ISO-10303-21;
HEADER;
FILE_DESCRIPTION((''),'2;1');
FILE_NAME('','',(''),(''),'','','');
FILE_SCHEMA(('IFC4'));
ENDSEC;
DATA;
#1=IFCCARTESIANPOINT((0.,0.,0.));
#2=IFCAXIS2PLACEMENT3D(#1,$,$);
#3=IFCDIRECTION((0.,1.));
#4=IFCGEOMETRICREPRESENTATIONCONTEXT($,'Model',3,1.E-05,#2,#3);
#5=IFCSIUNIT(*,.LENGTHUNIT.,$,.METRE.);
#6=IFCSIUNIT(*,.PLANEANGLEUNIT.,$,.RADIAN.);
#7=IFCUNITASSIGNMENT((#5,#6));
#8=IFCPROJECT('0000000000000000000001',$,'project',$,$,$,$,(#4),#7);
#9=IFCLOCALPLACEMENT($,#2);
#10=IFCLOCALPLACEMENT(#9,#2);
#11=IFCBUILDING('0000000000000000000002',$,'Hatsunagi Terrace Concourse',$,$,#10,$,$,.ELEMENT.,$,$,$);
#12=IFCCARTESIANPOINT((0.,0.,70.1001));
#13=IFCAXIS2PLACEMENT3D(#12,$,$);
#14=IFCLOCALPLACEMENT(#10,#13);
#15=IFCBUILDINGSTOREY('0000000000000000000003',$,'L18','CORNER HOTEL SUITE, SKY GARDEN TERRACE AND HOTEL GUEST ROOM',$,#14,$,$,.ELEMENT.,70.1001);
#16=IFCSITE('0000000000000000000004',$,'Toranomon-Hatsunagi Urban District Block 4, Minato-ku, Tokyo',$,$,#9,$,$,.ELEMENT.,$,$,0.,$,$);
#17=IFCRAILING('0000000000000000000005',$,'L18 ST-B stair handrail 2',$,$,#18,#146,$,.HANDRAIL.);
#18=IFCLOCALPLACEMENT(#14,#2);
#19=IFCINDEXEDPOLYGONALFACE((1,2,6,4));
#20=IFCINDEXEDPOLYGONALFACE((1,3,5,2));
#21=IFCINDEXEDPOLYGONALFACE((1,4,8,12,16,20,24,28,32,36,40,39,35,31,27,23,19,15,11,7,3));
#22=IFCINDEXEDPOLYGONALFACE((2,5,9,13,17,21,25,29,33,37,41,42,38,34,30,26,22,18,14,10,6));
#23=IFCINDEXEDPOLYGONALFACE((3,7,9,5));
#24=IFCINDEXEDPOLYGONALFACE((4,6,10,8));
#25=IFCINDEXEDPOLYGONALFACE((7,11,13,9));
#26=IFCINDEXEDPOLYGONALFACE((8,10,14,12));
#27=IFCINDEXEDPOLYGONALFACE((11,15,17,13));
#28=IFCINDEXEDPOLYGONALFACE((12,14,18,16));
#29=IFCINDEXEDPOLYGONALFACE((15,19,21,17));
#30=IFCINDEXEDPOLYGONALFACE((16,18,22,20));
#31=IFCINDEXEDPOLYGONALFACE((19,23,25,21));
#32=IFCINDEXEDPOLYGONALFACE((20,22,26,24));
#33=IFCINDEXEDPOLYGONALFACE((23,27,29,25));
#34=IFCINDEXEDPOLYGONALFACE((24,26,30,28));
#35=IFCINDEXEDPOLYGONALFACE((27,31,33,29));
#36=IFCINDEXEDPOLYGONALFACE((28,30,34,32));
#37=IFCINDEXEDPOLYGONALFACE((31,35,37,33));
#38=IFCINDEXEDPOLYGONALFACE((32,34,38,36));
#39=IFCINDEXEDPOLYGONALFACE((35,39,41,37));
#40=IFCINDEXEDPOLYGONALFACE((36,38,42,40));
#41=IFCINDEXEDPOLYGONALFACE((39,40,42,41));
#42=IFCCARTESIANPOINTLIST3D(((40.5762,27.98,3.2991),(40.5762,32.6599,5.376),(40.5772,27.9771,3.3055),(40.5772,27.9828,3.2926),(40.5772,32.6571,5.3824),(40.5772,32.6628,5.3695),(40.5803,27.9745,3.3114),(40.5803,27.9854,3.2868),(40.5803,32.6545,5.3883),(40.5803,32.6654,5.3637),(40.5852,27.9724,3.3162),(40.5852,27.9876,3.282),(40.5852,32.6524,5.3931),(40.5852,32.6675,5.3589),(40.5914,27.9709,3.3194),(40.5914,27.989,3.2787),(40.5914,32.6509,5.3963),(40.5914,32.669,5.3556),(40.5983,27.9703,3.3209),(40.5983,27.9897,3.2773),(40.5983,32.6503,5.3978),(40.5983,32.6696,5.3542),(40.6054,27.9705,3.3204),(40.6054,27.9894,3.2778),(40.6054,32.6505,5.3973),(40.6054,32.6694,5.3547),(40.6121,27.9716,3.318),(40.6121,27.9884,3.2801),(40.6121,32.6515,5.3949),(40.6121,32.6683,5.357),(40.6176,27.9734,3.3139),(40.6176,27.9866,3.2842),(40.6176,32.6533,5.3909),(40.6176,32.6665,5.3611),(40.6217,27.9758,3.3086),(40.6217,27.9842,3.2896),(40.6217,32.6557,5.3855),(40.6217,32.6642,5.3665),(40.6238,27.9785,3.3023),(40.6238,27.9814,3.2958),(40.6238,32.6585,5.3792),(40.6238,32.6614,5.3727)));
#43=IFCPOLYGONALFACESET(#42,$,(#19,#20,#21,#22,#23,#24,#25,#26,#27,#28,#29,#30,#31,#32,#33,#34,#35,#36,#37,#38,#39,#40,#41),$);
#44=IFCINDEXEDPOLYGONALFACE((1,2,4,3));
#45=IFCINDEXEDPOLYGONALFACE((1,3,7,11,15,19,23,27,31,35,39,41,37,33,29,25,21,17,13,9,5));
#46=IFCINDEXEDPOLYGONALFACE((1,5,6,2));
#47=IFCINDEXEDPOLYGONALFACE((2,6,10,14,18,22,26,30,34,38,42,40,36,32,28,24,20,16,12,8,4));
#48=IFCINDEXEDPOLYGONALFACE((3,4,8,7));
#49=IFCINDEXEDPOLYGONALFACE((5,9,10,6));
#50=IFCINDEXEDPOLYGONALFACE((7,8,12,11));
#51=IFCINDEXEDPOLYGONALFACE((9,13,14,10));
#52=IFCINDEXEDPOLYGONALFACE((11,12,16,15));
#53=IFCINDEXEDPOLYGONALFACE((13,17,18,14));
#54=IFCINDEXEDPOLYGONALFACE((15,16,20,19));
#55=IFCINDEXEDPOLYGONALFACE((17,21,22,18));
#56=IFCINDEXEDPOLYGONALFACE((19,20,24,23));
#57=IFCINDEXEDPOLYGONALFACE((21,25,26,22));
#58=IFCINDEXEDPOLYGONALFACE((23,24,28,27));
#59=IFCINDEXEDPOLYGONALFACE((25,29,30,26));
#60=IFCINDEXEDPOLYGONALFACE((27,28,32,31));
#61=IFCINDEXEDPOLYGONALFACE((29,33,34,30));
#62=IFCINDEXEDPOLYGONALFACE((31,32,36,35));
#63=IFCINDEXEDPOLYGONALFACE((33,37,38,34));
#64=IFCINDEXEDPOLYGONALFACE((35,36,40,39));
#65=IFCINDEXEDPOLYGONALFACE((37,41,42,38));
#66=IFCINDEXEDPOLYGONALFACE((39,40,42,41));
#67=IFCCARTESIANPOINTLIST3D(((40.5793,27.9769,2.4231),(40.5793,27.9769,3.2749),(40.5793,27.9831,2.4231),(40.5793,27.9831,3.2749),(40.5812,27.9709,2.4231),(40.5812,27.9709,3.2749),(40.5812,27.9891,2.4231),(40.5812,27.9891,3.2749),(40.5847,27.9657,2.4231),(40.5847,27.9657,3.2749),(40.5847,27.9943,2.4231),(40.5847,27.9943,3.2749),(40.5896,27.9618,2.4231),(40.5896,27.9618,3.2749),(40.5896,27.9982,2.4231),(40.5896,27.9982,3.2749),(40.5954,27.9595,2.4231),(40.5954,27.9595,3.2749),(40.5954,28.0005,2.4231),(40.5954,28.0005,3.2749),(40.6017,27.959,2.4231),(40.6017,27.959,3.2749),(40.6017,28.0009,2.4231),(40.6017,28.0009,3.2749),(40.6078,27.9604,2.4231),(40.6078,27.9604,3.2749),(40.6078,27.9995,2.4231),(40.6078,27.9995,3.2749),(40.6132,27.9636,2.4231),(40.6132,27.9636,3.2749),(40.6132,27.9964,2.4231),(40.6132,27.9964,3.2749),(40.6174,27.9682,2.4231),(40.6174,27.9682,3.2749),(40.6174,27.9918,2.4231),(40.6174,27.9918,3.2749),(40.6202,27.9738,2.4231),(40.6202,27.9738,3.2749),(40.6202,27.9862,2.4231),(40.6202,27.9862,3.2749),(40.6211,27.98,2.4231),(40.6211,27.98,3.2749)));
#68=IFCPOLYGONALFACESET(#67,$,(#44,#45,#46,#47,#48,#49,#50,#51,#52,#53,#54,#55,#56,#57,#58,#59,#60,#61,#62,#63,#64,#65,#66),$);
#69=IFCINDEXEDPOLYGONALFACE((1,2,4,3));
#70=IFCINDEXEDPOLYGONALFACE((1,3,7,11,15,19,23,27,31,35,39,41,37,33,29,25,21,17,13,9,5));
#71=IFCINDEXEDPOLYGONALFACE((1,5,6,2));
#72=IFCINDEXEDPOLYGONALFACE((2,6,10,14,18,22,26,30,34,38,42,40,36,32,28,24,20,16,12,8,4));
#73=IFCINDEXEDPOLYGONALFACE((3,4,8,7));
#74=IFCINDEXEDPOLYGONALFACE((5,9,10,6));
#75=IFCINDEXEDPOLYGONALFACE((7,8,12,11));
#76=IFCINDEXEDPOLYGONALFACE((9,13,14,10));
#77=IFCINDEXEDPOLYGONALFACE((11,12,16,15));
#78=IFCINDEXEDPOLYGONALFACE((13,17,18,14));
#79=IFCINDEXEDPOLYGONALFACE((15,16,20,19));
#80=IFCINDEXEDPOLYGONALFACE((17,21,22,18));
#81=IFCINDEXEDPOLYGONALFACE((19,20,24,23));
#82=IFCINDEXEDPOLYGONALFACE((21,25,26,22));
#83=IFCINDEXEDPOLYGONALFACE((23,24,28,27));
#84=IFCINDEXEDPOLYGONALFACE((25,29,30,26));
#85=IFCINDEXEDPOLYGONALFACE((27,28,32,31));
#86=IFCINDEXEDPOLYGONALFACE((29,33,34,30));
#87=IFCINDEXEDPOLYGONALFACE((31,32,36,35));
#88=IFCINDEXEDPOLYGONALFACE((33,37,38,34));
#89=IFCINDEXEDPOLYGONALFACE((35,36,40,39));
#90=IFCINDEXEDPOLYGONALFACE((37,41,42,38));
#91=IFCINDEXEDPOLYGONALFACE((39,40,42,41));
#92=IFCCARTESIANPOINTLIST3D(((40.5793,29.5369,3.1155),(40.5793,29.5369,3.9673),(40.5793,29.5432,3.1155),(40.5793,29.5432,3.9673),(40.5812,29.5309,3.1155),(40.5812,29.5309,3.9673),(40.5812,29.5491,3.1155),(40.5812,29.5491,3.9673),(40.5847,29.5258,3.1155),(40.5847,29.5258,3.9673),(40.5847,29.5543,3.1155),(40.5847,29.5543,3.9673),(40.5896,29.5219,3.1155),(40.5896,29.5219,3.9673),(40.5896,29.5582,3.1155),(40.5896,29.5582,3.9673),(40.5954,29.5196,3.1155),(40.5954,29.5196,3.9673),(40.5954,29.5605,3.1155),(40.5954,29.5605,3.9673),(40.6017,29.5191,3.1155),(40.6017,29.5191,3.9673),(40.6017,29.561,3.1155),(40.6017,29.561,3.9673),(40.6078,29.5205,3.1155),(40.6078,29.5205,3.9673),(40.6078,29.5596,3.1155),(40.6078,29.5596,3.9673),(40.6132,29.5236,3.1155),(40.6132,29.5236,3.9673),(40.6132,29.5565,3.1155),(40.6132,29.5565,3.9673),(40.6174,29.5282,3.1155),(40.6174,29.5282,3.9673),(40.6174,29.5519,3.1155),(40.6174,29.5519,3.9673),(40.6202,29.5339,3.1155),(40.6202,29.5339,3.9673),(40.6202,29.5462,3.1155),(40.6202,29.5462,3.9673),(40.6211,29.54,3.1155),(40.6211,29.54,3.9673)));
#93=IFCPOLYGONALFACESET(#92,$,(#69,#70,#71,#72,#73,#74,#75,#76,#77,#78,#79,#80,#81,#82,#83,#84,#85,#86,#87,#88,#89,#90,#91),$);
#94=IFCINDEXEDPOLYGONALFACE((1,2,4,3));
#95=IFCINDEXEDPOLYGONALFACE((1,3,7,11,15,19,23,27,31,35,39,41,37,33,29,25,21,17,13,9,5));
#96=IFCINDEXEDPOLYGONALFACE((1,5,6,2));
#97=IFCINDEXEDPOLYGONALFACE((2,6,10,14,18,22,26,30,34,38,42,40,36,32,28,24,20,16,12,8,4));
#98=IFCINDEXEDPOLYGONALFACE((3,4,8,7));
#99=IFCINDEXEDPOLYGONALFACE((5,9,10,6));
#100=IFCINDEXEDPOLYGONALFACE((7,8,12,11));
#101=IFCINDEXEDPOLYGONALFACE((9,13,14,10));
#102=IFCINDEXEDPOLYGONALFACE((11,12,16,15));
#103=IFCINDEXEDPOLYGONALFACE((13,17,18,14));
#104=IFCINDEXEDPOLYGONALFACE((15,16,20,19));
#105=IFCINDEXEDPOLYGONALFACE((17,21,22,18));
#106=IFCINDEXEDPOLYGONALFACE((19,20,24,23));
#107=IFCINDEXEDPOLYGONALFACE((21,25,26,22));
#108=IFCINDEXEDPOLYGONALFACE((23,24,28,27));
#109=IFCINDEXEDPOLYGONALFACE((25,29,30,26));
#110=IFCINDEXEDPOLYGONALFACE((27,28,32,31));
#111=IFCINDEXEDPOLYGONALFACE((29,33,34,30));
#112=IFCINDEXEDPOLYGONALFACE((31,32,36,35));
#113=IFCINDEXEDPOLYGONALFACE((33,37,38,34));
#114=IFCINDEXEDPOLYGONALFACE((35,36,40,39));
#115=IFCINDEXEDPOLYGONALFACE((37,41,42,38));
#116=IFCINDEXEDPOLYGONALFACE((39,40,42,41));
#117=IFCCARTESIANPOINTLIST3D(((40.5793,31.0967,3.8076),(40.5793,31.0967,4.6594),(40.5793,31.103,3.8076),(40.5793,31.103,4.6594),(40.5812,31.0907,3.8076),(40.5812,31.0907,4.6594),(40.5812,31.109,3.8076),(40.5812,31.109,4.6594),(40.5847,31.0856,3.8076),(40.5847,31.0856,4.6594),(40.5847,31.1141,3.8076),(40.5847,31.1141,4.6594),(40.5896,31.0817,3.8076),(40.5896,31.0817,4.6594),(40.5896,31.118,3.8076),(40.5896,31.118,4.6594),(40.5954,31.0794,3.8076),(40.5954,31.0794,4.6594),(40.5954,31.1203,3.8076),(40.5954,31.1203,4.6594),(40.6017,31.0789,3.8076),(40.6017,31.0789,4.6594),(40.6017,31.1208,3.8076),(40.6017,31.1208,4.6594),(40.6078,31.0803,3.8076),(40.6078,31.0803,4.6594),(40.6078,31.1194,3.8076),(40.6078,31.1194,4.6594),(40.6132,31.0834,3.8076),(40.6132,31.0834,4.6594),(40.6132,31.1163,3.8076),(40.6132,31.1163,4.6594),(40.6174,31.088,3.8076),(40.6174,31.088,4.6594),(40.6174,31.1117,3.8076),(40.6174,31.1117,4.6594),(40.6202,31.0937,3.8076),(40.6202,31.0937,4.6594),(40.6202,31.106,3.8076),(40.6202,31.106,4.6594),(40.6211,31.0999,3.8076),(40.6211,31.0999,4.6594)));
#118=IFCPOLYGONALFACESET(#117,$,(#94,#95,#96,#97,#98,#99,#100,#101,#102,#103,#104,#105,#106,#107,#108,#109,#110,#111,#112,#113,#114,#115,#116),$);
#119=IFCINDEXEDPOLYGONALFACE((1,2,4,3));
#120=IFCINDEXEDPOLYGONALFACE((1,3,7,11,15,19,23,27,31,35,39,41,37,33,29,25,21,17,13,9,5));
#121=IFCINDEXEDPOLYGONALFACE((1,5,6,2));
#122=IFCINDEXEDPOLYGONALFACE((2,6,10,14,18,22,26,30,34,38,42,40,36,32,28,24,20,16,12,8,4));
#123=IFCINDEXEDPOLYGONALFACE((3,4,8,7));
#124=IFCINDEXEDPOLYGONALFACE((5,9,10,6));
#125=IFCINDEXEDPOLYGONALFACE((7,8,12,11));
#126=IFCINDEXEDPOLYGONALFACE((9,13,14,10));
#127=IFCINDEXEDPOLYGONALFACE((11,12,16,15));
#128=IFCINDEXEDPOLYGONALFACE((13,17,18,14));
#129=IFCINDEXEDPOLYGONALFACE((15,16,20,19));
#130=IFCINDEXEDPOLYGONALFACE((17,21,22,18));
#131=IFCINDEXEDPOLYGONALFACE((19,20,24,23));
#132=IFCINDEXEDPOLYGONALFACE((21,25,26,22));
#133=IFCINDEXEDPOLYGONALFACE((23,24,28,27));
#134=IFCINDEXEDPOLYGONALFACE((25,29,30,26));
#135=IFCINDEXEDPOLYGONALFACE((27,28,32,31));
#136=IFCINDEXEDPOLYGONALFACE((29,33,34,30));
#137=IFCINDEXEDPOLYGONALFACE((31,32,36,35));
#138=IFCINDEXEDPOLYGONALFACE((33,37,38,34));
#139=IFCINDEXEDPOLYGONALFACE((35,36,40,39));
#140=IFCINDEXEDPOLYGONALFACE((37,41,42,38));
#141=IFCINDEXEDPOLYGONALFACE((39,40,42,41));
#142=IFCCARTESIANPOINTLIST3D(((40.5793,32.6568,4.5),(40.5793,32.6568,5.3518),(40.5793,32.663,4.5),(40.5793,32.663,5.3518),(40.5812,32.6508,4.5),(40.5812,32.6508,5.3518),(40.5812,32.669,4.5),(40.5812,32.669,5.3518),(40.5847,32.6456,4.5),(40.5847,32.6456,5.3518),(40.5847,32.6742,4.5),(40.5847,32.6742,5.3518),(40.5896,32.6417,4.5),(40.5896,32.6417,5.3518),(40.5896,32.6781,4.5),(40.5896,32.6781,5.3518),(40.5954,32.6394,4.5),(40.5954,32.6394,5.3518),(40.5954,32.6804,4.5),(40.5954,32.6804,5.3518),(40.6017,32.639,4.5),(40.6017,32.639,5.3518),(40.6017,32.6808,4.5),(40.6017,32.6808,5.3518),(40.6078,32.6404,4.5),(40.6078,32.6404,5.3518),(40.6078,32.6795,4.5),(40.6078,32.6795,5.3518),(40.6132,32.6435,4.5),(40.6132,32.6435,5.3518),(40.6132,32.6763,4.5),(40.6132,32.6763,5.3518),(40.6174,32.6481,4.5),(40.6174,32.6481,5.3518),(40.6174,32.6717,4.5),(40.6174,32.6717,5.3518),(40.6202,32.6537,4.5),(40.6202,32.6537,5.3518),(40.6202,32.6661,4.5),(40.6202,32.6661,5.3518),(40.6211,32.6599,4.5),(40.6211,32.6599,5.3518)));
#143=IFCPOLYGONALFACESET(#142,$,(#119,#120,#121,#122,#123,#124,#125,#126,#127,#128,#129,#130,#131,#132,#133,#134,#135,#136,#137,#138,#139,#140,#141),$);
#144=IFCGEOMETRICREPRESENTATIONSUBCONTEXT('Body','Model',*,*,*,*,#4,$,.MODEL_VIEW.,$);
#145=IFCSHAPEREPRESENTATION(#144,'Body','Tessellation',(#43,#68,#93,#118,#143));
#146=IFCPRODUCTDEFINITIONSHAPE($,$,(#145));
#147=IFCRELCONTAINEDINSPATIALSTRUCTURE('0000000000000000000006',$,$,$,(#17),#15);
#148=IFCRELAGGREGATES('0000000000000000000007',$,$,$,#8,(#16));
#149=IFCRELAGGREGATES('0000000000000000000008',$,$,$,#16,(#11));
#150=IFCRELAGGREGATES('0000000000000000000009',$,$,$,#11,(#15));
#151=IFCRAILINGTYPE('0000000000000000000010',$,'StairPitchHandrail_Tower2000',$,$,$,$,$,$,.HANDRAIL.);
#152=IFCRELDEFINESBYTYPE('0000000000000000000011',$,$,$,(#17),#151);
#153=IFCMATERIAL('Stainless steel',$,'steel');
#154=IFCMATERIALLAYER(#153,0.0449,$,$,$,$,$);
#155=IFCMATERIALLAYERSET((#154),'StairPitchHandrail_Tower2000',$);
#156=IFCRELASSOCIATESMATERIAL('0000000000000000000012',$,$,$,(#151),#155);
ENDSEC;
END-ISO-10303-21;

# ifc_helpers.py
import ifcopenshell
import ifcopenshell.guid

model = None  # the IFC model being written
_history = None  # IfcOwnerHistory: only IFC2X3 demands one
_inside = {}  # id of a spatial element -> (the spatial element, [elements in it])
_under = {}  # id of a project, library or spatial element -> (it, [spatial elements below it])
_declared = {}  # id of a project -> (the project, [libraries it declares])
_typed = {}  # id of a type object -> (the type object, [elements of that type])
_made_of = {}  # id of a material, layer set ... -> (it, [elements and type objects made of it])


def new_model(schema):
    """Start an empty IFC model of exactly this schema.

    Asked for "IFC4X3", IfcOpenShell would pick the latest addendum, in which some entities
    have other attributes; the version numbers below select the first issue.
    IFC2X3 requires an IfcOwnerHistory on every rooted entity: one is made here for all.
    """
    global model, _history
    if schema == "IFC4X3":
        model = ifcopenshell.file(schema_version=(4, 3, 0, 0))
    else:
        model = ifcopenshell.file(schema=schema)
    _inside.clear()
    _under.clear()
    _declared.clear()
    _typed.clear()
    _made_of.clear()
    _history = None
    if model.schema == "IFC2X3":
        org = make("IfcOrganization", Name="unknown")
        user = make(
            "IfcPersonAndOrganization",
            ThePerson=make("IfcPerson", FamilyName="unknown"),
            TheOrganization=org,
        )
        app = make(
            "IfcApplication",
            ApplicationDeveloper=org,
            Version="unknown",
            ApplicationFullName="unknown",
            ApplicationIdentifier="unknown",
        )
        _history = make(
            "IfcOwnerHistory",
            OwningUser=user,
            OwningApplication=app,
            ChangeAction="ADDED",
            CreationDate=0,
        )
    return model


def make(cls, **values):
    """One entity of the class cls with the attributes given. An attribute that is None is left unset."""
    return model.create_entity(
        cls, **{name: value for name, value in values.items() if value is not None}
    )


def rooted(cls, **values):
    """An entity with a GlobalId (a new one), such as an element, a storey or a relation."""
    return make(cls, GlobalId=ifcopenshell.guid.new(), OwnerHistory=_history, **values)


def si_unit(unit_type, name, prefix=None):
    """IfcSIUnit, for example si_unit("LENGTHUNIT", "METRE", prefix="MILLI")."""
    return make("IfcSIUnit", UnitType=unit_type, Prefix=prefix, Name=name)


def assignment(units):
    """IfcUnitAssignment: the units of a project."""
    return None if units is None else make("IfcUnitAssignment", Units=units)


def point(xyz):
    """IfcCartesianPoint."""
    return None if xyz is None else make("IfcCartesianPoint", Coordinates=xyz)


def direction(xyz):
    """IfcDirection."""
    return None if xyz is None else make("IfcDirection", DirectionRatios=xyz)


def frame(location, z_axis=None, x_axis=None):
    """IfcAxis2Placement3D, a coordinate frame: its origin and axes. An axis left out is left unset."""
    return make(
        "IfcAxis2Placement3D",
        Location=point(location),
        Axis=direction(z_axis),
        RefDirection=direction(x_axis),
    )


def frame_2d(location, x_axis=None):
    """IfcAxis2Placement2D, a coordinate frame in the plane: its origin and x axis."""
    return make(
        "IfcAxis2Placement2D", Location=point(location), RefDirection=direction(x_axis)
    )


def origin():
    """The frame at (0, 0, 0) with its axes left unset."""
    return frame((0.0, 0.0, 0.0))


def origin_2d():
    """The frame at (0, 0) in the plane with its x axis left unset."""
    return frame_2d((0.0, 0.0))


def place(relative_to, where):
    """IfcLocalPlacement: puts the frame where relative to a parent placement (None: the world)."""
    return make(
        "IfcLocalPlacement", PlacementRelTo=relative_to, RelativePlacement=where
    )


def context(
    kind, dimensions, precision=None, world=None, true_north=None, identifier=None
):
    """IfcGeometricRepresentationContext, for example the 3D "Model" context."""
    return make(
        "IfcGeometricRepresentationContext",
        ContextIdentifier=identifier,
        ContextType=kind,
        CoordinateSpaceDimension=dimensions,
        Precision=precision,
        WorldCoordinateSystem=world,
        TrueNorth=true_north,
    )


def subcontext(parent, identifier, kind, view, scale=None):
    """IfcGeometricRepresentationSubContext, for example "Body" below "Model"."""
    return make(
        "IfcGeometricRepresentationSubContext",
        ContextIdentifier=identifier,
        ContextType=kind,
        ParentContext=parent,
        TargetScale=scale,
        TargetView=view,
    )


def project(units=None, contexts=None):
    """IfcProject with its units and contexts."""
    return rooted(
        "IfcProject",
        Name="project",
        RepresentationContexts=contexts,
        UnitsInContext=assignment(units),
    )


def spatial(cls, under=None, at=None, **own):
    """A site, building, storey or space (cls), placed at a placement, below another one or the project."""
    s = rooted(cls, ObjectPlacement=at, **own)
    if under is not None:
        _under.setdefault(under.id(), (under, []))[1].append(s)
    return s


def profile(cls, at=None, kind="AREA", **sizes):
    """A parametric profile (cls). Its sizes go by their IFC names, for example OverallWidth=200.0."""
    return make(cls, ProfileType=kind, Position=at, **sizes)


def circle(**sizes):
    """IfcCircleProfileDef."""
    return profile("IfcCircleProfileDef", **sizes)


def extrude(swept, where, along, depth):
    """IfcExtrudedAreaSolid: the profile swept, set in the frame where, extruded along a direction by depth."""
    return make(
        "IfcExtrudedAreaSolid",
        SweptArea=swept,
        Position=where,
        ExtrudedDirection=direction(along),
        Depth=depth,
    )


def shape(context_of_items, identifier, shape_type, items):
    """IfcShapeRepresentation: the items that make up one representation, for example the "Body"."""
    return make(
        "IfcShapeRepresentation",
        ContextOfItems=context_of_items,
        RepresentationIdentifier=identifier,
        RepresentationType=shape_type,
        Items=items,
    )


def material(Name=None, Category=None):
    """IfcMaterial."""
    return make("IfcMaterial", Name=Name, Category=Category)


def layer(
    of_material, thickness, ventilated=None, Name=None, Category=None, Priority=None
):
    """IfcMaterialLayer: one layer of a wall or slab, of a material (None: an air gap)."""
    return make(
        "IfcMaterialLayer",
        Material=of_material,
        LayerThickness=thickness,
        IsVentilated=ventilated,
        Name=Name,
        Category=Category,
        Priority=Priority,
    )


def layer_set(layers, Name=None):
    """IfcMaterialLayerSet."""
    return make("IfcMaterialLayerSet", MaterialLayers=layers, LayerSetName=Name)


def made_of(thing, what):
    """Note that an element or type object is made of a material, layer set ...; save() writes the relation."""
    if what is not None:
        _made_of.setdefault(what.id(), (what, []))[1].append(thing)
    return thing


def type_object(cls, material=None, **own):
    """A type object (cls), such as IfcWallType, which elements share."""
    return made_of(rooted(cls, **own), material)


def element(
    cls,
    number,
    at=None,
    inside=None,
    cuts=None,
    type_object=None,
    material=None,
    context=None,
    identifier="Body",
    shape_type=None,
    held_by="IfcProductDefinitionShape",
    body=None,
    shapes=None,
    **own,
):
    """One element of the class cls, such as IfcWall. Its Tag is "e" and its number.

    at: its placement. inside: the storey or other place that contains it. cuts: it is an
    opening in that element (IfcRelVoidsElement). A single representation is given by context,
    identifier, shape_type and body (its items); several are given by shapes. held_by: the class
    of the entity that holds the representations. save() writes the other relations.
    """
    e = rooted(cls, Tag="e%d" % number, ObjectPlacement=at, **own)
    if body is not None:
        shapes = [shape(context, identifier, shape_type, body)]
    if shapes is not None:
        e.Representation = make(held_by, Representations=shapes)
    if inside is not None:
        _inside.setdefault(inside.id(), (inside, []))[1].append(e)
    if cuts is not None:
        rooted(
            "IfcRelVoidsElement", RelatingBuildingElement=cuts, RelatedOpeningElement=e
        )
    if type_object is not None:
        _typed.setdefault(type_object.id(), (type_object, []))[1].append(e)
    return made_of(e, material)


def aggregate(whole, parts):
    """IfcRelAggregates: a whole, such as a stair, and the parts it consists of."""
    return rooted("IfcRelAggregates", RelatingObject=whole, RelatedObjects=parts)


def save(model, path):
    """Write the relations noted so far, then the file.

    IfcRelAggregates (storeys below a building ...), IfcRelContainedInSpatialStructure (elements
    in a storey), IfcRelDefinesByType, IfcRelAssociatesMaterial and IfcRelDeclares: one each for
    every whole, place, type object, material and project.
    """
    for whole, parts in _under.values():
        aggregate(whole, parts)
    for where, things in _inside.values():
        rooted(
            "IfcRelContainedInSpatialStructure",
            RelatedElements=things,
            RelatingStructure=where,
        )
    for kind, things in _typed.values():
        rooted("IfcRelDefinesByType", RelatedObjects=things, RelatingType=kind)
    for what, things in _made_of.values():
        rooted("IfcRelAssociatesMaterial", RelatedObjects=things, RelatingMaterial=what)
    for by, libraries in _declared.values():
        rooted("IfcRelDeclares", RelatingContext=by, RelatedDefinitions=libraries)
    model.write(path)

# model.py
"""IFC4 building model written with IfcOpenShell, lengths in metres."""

from ifc_helpers import new_model, si_unit, direction, frame, origin, origin_2d, place, context, subcontext, project, spatial, circle, extrude, material, layer, layer_set, type_object, element, save


model = new_model("IFC4")

# Units and contexts
model_context = context("Model", 3, precision=1e-05, world=origin(), true_north=direction((0.0, 1.0)))
body_context = subcontext(model_context, "Body", "Model", "MODEL_VIEW")
ifc_project = project(units=[si_unit("LENGTHUNIT", "METRE"), si_unit("PLANEANGLEUNIT", "RADIAN")], contexts=[model_context])

# Site, building, storey
site_placement = place(None, origin())
site = spatial("IfcSite", under=ifc_project, at=site_placement, Name="Toranomon-Hatsunagi Urban District Block 4, Minato-ku, Tokyo", CompositionType="ELEMENT", RefElevation=0.0)
building_placement = place(site_placement, origin())
building = spatial("IfcBuilding", under=site, at=building_placement, Name="Hatsunagi Terrace Concourse", CompositionType="ELEMENT")
storey_placement = place(building_placement, frame((0.0, 0.0, 70.1001)))
storey = spatial("IfcBuildingStorey", under=building, at=storey_placement, Name="L18", Description="CORNER HOTEL SUITE, SKY GARDEN TERRACE AND HOTEL GUEST ROOM", CompositionType="ELEMENT", Elevation=70.1001)

# Railing
ifc_material_1 = material(Name="Stainless steel", Category="steel")
ifc_layer_1 = layer(ifc_material_1, 0.0449)
ifc_layer_set_1 = layer_set([ifc_layer_1], Name="StairPitchHandrail_Tower2000")
railing_type_1 = type_object("IfcRailingType", Name="StairPitchHandrail_Tower2000", PredefinedType="HANDRAIL", material=ifc_layer_set_1)
railing_1_placement = place(storey_placement, frame((40.6001, 27.98, 2.4231)))
element("IfcRailing", 1, at=railing_1_placement, inside=storey, type_object=railing_type_1, Name="L18 ST-B stair handrail 2", PredefinedType="HANDRAIL", context=body_context, shape_type="SweptSolid", body=[
    extrude(circle(Radius=0.0239, at=origin_2d()), frame((0.0, 0.0, 0.876), z_axis=(0.0, 0.914034, 0.405638), x_axis=(-1.0, 0.0, 0.0)), (0.0, 0.0, 1.0), 5.1201),
    extrude(circle(Radius=0.021, at=origin_2d()), origin(), (0.0, 0.0, 1.0), 0.8518),
    extrude(circle(Radius=0.021, at=origin_2d()), frame((0.0, 1.5601, 0.6924)), (0.0, 0.0, 1.0), 0.8518),
    extrude(circle(Radius=0.021, at=origin_2d()), frame((0.0, 3.1199, 1.3845)), (0.0, 0.0, 1.0), 0.8518),
    extrude(circle(Radius=0.021, at=origin_2d()), frame((0.0, 4.6799, 2.0769)), (0.0, 0.0, 1.0), 0.8518),
])

save(model, "model.ifc")
